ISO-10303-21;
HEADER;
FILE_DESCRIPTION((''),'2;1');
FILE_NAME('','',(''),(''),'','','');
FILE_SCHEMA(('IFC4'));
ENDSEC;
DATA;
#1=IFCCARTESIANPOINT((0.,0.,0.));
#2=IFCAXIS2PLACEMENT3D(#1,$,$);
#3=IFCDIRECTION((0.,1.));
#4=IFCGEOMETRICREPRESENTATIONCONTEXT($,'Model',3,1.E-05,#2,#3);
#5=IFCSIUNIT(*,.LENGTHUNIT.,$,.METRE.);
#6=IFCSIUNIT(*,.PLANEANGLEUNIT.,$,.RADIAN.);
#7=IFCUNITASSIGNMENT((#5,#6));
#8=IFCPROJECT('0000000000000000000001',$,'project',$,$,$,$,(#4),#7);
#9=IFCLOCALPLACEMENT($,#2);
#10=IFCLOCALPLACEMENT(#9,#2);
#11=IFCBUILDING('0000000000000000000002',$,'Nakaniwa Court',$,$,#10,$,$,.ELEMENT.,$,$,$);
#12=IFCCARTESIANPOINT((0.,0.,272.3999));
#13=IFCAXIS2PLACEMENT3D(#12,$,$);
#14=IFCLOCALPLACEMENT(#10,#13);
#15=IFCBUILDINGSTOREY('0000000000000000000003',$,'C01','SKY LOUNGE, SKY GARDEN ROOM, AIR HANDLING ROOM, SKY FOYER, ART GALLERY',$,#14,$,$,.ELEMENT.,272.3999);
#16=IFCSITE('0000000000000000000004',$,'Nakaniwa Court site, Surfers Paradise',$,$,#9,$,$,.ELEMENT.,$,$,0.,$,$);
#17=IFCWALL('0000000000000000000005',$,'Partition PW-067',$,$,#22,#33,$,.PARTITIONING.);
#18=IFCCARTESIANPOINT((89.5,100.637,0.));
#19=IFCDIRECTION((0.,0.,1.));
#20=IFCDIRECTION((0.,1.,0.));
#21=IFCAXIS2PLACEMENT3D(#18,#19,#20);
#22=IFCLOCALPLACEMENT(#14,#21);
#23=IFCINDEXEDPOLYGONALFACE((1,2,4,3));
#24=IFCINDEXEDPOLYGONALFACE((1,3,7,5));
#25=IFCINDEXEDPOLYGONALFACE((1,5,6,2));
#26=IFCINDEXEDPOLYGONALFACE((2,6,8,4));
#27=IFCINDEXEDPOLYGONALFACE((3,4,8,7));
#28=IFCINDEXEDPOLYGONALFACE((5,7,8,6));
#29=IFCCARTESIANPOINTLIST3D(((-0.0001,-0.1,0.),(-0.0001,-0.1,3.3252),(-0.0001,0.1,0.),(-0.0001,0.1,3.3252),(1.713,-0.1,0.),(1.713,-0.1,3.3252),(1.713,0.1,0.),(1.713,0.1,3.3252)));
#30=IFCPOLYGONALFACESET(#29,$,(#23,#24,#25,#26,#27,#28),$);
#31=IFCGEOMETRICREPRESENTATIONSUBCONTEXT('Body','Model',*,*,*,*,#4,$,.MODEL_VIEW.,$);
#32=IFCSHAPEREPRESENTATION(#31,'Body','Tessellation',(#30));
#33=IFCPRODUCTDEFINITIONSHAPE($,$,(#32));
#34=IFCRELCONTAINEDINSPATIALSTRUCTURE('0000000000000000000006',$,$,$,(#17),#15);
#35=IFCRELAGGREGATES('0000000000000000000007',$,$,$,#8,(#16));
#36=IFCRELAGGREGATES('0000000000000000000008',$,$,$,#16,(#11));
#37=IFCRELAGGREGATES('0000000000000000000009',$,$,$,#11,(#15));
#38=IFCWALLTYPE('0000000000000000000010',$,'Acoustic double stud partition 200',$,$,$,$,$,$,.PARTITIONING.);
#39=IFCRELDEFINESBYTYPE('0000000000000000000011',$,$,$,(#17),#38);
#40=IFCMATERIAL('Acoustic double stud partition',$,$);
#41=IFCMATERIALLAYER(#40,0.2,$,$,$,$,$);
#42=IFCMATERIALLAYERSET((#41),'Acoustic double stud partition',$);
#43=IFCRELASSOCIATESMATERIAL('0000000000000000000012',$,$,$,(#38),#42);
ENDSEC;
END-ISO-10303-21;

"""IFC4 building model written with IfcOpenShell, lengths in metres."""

from ifc_helpers import new_model, si_unit, direction, frame, frame_2d, origin, place, context, subcontext, project, spatial, rectangle, extrude, material, layer, layer_set, type_object, element, save


model = new_model("IFC4")

# Units and contexts
model_context = context("Model", 3, precision=1e-05, world=origin(), true_north=direction((0.0, 1.0)))
body_context = subcontext(model_context, "Body", "Model", "MODEL_VIEW")
ifc_project = project(units=[si_unit("LENGTHUNIT", "METRE"), si_unit("PLANEANGLEUNIT", "RADIAN")], contexts=[model_context])

# Site, building, storey
site_placement = place(None, origin())
site = spatial("IfcSite", under=ifc_project, at=site_placement, Name="Nakaniwa Court site, Surfers Paradise", CompositionType="ELEMENT", RefElevation=0.0)
building_placement = place(site_placement, origin())
building = spatial("IfcBuilding", under=site, at=building_placement, Name="Nakaniwa Court", CompositionType="ELEMENT")
storey_placement = place(building_placement, frame((0.0, 0.0, 272.3999)))
storey = spatial("IfcBuildingStorey", under=building, at=storey_placement, Name="C01", Description="SKY LOUNGE, SKY GARDEN ROOM, AIR HANDLING ROOM, SKY FOYER, ART GALLERY", CompositionType="ELEMENT", Elevation=272.3999)

# Shared definitions
ifc_material_1 = material(Name="Acoustic double stud partition")
ifc_layer_1 = layer(ifc_material_1, 0.2)
ifc_layer_set_1 = layer_set([ifc_layer_1], Name="Acoustic double stud partition")
wall_type_1 = type_object("IfcWallType", Name="Acoustic double stud partition 200", PredefinedType="PARTITIONING", material=ifc_layer_set_1)

# Wall
wall_1_placement = place(storey_placement, frame((89.5, 100.637, 0.0), z_axis=(0.0, 0.0, 1.0), x_axis=(0.0, 1.0, 0.0)))
element("IfcWall", 1, at=wall_1_placement, inside=storey, type_object=wall_type_1, Name="Partition PW-067", PredefinedType="PARTITIONING", context=body_context, shape_type="SweptSolid", body=[
    extrude(rectangle(XDim=1.7131, YDim=0.2, at=frame_2d((0.8564, 0.0))), origin(), (0.0, 0.0, 1.0), 3.3252),
])

save(model, "model.ifc")
